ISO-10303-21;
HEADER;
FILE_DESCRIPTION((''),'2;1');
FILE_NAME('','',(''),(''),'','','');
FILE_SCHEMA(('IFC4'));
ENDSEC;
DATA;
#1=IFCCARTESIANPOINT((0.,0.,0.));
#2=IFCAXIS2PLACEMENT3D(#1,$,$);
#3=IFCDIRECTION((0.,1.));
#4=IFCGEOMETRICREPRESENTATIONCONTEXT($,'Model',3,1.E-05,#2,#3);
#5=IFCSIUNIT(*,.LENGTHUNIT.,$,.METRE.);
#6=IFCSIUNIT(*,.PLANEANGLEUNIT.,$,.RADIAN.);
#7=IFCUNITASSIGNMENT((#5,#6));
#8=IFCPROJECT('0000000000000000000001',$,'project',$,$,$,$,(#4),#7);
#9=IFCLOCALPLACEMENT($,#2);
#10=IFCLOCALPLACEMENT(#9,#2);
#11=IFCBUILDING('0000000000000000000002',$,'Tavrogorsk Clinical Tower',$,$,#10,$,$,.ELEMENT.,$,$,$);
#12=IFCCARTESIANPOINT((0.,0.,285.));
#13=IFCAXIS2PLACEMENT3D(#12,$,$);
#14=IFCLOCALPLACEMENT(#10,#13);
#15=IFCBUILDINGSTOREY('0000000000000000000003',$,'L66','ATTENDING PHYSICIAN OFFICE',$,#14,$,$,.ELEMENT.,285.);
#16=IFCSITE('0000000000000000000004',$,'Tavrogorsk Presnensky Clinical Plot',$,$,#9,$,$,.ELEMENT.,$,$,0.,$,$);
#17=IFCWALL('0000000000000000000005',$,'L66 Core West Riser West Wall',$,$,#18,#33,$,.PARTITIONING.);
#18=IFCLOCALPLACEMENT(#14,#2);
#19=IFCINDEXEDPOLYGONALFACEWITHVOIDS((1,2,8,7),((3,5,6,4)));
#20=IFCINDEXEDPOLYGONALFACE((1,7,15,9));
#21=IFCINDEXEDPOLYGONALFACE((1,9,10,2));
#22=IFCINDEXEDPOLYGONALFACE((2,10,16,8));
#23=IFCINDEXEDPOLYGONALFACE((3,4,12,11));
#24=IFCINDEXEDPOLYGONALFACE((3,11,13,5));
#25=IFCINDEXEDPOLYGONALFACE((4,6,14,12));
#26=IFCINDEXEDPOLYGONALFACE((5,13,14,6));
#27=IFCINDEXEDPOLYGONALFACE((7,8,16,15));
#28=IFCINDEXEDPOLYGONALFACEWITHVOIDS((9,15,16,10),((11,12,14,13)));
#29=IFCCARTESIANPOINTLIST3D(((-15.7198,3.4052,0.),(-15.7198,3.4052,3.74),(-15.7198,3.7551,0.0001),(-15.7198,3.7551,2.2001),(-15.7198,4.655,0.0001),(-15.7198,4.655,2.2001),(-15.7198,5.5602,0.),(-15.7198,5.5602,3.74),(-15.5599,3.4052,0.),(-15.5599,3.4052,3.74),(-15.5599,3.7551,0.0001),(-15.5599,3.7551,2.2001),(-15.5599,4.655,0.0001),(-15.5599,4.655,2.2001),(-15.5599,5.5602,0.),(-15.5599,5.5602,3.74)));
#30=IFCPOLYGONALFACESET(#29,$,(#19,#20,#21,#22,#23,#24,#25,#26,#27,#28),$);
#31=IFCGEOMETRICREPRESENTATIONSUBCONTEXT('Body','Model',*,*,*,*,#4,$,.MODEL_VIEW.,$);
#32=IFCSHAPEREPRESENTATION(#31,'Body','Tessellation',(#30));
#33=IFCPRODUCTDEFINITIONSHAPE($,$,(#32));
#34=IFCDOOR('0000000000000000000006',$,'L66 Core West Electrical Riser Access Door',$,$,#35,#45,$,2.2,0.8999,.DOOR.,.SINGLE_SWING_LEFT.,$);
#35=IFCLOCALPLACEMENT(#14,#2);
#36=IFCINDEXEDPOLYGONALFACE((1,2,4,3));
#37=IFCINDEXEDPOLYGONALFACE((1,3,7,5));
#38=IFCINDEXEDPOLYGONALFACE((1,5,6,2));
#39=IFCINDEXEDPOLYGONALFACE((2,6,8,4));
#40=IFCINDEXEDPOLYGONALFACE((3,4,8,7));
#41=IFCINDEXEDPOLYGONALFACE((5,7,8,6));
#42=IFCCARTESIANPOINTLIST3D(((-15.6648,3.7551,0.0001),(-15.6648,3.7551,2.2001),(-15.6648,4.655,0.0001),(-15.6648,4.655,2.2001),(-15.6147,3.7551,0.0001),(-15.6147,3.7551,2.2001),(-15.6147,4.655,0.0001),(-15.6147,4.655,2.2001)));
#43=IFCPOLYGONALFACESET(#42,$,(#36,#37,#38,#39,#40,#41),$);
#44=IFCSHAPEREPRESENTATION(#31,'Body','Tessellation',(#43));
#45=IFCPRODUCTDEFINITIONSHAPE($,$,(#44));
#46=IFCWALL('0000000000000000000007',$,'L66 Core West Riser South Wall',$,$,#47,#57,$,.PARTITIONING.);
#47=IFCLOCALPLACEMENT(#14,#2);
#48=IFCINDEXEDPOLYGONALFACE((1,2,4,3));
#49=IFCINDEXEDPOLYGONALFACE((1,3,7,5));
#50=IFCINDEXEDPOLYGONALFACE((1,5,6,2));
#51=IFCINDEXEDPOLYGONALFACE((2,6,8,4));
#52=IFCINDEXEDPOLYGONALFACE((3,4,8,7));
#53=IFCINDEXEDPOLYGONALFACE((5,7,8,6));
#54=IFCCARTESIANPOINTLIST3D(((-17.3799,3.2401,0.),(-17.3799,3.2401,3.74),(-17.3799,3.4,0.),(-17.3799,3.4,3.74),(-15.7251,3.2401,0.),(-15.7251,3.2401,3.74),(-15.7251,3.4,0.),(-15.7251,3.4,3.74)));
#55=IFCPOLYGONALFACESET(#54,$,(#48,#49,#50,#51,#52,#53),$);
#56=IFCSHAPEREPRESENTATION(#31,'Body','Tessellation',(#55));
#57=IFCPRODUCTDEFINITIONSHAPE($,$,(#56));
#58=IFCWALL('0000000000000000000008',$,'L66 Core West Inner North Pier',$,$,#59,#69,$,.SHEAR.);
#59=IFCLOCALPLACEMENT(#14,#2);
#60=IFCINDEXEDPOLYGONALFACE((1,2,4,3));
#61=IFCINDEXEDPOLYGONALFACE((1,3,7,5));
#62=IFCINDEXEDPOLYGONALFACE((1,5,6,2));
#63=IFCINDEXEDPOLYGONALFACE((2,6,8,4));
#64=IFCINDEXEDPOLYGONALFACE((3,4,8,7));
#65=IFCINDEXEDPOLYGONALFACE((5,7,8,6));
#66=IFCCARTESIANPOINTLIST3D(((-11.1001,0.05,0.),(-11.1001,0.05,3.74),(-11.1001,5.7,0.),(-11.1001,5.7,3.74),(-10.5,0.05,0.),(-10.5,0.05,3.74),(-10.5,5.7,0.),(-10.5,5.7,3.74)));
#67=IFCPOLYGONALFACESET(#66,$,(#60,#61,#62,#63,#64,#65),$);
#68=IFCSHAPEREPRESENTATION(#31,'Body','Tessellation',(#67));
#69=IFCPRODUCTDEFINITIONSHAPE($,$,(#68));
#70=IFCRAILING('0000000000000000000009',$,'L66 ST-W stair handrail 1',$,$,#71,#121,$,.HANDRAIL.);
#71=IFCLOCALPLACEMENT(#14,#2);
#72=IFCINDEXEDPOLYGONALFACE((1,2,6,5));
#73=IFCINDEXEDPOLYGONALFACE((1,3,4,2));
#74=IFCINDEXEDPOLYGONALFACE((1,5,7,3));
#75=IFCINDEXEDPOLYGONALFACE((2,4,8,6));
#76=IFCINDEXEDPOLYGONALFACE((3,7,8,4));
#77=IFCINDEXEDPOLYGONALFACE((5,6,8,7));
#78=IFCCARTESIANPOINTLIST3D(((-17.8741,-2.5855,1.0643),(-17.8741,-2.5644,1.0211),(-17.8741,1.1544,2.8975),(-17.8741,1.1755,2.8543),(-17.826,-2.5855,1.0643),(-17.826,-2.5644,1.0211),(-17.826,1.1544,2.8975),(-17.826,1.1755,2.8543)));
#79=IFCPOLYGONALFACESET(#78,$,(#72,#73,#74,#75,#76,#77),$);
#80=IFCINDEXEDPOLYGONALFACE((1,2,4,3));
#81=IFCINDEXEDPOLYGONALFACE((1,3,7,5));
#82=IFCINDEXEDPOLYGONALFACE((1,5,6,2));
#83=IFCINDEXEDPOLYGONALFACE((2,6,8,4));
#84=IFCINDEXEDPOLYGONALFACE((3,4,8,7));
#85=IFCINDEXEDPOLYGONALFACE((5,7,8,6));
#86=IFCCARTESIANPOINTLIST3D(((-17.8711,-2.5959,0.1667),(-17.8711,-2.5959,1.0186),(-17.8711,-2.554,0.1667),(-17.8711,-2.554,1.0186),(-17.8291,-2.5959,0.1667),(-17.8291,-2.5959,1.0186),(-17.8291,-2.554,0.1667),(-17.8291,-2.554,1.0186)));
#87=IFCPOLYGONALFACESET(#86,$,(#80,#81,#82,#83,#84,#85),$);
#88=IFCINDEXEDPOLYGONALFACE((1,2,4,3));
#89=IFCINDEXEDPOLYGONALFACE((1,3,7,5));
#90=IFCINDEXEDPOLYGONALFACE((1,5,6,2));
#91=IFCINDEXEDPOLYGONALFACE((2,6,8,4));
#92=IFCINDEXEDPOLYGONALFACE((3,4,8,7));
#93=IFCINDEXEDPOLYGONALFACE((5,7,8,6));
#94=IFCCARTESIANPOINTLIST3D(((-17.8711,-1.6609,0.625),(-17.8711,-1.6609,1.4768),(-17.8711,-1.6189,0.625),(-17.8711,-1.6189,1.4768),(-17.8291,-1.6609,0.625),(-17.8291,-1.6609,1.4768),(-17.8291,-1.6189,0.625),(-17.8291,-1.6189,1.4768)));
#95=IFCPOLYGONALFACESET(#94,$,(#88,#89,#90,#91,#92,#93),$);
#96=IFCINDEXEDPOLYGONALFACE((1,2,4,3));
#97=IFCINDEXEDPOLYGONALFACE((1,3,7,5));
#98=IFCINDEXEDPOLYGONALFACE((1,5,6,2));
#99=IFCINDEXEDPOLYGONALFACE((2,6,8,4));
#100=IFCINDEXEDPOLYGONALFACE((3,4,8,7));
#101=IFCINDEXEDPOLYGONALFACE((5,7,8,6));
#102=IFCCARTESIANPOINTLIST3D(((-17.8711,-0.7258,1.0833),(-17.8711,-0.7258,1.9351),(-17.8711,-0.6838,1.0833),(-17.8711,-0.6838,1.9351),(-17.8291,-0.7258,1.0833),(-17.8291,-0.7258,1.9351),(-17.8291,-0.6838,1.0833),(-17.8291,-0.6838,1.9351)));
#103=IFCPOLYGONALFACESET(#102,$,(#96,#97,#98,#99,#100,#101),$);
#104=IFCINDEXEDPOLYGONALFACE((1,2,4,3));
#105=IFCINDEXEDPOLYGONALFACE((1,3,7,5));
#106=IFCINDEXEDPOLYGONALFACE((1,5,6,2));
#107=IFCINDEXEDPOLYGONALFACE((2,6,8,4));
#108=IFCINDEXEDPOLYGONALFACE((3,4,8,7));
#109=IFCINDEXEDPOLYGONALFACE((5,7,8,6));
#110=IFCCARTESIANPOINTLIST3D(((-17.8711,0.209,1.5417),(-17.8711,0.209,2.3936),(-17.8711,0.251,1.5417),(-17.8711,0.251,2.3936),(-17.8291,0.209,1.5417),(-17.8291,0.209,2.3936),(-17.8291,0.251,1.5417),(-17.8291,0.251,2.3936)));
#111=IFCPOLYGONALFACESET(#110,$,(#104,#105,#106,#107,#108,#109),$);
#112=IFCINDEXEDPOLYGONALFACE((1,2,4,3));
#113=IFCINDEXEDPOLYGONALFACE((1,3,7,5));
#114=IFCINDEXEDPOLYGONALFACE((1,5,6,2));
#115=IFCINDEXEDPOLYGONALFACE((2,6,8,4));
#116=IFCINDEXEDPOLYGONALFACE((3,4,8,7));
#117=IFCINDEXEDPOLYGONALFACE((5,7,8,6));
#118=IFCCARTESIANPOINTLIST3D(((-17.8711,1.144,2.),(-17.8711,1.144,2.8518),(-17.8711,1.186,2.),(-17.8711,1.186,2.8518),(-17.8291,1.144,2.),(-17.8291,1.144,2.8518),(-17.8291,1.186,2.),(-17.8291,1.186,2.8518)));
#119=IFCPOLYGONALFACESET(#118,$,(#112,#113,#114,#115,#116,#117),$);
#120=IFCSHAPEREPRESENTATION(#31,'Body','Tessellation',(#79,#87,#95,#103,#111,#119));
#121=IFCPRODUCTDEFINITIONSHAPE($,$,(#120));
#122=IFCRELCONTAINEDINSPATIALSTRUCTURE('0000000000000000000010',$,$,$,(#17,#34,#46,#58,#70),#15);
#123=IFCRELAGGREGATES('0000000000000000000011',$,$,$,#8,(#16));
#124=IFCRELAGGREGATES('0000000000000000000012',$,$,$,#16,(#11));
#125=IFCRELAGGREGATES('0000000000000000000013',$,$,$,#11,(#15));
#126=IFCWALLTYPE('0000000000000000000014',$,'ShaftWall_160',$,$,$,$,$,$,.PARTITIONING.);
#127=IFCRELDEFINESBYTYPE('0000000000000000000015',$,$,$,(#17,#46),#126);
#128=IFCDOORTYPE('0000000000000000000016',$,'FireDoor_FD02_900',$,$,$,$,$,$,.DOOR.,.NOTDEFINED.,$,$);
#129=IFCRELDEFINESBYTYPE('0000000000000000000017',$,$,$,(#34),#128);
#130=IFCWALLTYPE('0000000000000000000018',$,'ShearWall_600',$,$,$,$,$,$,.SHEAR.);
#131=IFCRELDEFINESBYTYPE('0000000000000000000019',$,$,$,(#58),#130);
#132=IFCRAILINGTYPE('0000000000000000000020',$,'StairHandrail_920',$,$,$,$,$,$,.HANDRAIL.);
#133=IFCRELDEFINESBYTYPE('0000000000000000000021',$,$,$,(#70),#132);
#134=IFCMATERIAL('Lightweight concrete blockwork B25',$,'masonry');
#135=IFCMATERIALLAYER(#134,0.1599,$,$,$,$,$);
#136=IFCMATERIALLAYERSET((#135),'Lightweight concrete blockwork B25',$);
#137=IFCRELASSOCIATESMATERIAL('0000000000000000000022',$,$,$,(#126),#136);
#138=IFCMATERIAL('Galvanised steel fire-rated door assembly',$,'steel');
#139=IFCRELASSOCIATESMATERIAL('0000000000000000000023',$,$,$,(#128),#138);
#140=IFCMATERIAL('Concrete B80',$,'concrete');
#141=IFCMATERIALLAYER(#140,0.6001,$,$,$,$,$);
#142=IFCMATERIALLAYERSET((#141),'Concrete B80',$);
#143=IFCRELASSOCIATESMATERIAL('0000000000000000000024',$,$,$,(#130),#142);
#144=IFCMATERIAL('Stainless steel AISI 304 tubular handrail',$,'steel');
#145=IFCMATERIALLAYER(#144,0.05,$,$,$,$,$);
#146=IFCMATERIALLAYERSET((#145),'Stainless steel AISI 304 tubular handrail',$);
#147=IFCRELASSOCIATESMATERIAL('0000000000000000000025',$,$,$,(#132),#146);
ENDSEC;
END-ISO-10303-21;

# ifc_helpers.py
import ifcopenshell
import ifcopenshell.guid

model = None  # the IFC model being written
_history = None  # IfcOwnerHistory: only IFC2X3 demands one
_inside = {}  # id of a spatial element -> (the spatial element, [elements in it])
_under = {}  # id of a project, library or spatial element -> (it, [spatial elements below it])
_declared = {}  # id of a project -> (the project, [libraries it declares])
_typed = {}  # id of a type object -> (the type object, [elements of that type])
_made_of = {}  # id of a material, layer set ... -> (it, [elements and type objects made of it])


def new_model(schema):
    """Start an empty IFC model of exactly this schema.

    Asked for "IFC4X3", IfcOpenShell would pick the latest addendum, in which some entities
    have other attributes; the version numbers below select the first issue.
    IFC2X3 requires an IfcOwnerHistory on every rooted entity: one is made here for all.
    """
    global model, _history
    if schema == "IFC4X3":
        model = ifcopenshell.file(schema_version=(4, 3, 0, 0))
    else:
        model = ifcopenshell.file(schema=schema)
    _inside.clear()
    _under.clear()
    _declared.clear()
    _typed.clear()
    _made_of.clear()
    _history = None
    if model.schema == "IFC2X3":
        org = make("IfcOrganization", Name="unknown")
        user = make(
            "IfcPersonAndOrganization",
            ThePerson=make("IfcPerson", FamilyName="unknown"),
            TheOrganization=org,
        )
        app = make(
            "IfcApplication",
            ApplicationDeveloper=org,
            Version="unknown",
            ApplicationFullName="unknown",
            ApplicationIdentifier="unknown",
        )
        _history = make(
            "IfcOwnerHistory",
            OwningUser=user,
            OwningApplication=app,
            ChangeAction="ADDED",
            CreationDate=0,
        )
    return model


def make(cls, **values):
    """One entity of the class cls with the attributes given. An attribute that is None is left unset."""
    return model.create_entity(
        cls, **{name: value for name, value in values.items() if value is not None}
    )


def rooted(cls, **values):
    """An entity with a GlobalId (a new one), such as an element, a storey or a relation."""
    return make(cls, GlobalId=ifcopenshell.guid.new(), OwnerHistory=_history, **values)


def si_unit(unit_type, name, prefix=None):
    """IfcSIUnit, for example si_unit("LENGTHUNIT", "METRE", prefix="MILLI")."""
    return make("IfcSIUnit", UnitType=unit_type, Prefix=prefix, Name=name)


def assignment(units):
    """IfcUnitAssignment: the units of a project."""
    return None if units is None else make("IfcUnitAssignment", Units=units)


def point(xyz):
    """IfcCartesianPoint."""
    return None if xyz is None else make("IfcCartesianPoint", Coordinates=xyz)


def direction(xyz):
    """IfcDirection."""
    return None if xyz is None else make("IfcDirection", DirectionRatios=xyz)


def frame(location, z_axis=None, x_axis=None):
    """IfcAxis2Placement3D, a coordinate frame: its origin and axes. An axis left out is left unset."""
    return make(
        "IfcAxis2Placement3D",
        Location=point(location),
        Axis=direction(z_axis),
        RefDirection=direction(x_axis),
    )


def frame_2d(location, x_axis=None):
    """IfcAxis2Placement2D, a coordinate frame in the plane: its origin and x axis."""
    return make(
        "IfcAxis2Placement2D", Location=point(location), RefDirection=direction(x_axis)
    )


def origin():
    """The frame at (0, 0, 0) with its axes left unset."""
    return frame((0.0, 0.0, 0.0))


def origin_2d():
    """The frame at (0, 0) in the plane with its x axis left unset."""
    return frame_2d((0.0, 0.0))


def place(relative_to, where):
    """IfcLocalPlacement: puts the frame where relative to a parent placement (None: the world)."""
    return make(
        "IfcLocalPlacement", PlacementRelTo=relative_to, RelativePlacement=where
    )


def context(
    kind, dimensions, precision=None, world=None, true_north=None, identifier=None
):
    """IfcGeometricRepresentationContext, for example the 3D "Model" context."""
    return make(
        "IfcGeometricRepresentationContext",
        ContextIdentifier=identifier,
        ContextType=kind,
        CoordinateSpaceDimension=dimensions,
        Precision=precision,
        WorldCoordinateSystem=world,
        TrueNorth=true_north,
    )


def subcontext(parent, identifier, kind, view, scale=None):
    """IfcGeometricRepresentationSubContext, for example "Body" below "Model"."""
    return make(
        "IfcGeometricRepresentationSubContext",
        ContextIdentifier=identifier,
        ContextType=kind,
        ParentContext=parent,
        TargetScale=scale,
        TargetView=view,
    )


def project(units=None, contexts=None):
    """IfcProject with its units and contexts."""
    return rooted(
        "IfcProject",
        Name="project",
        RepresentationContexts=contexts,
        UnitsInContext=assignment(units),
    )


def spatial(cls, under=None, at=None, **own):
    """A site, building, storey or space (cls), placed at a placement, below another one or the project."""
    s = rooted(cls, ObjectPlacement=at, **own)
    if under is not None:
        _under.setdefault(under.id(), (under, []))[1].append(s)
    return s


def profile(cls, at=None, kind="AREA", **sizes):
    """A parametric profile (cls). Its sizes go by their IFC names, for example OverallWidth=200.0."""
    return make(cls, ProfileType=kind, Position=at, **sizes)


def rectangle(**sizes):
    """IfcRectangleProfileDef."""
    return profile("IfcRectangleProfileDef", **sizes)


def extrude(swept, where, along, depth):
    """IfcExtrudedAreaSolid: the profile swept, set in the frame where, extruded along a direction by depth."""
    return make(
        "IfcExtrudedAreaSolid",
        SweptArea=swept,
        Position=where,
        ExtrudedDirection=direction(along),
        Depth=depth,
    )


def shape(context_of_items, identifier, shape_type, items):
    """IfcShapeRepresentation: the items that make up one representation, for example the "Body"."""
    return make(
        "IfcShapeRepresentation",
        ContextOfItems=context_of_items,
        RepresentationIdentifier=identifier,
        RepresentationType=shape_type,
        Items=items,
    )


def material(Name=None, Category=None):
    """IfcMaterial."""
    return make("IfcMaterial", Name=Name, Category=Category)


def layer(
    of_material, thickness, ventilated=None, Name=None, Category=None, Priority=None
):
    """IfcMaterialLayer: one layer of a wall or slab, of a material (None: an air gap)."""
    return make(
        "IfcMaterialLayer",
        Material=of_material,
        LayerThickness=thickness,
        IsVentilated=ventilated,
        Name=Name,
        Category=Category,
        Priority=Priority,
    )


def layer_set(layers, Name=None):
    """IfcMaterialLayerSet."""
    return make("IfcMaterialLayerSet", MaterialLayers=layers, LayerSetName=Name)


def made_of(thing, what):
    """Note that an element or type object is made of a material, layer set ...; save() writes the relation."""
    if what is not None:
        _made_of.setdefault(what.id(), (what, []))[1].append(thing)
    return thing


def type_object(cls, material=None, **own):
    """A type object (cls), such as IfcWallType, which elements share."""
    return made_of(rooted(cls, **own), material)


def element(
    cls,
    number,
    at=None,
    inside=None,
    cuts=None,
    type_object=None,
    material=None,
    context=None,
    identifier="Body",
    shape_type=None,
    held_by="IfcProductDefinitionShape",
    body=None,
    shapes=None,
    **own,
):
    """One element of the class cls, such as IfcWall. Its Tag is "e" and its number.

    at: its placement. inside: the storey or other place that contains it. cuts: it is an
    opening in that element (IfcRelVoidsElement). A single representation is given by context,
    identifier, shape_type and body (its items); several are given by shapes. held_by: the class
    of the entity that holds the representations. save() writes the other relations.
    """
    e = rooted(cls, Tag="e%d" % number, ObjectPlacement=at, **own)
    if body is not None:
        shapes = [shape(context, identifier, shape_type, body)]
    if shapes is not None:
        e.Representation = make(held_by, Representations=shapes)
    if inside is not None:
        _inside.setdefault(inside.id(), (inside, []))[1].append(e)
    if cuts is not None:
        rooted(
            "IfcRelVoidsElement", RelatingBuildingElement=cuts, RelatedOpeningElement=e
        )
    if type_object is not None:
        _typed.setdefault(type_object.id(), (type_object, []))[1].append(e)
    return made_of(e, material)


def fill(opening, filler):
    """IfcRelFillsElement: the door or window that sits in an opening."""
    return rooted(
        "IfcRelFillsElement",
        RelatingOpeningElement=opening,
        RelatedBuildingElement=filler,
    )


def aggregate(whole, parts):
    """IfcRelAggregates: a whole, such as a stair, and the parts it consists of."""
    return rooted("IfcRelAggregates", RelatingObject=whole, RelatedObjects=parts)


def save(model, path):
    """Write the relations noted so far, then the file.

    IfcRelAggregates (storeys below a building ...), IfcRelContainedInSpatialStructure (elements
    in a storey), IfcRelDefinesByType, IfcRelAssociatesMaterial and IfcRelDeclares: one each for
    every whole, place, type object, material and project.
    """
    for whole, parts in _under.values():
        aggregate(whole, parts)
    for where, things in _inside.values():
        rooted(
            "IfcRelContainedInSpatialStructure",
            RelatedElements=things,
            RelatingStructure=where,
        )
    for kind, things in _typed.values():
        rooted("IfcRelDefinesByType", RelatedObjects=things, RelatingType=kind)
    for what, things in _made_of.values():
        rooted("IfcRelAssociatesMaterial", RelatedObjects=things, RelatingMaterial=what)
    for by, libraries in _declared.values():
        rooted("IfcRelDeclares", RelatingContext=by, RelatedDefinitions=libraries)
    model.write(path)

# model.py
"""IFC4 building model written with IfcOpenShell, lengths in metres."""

from ifc_helpers import new_model, si_unit, direction, frame, frame_2d, origin, origin_2d, place, context, subcontext, project, spatial, rectangle, extrude, material, layer, layer_set, type_object, element, fill, save


model = new_model("IFC4")

# Units and contexts
model_context = context("Model", 3, precision=1e-05, world=origin(), true_north=direction((0.0, 1.0)))
body_context = subcontext(model_context, "Body", "Model", "MODEL_VIEW")
ifc_project = project(units=[si_unit("LENGTHUNIT", "METRE"), si_unit("PLANEANGLEUNIT", "RADIAN")], contexts=[model_context])

# Site, building, storey
site_placement = place(None, origin())
site = spatial("IfcSite", under=ifc_project, at=site_placement, Name="Tavrogorsk Presnensky Clinical Plot", CompositionType="ELEMENT", RefElevation=0.0)
building_placement = place(site_placement, origin())
building = spatial("IfcBuilding", under=site, at=building_placement, Name="Tavrogorsk Clinical Tower", CompositionType="ELEMENT")
storey_placement = place(building_placement, frame((0.0, 0.0, 285.0)))
storey = spatial("IfcBuildingStorey", under=building, at=storey_placement, Name="L66", Description="ATTENDING PHYSICIAN OFFICE", CompositionType="ELEMENT", Elevation=285.0)

# Shared definitions
ifc_material_1 = material(Name="Lightweight concrete blockwork B25", Category="masonry")
ifc_layer_1 = layer(ifc_material_1, 0.1599)
ifc_layer_set_1 = layer_set([ifc_layer_1], Name="Lightweight concrete blockwork B25")
wall_type_1 = type_object("IfcWallType", Name="ShaftWall_160", PredefinedType="PARTITIONING", material=ifc_layer_set_1)

# Wall, opening, door
wall_1_placement = place(storey_placement, frame((-15.6399, 3.405, 0.0), z_axis=(0.0, 0.0, 1.0), x_axis=(0.0, 1.0, 0.0)))
wall_1 = element("IfcWall", 1, at=wall_1_placement, inside=storey, type_object=wall_type_1, Name="L66 Core West Riser West Wall", PredefinedType="PARTITIONING", context=body_context, shape_type="SweptSolid", body=[
    extrude(rectangle(XDim=2.155, YDim=0.1599, at=frame_2d((1.0776, 0.0))), origin(), (0.0, 0.0, 1.0), 3.74),
])
opening_1_placement = place(wall_1_placement, frame((0.3501, 0.0, 0.0)))
opening_1 = element("IfcOpeningElement", 2, at=opening_1_placement, cuts=wall_1, PredefinedType="OPENING", context=body_context, shape_type="SweptSolid", body=[
    extrude(rectangle(XDim=0.8999, YDim=2.2, at=frame_2d((0.45, 1.1001))), frame((0.0, 0.0898, 0.0), z_axis=(0.0, -1.0, 0.0), x_axis=(1.0, 0.0, 0.0)), (0.0, 0.0, 1.0), 0.1799),
])
ifc_material_2 = material(Name="Galvanised steel fire-rated door assembly", Category="steel")
door_type_1 = type_object("IfcDoorType", Name="FireDoor_FD02_900", OperationType="NOTDEFINED", PredefinedType="DOOR", material=ifc_material_2)
door_1_placement = place(opening_1_placement, origin())
door_1 = element("IfcDoor", 3, at=door_1_placement, inside=storey, type_object=door_type_1, Name="L66 Core West Electrical Riser Access Door", OperationType="SINGLE_SWING_LEFT", OverallHeight=2.2, OverallWidth=0.8999, PredefinedType="DOOR", context=body_context, shape_type="SweptSolid", body=[
    extrude(rectangle(XDim=0.8999, YDim=2.2, at=frame_2d((0.45, 1.1001))), frame((0.0, 0.0249, 0.0), z_axis=(0.0, -1.0, 0.0), x_axis=(1.0, 0.0, 0.0)), (0.0, 0.0, 1.0), 0.05),
])
fill(opening_1, door_1)

# Walls
wall_2_placement = place(storey_placement, frame((-17.3799, 3.3201, 0.0), z_axis=(0.0, 0.0, 1.0), x_axis=(1.0, 0.0, 0.0)))
element("IfcWall", 4, at=wall_2_placement, inside=storey, type_object=wall_type_1, Name="L66 Core West Riser South Wall", PredefinedType="PARTITIONING", context=body_context, shape_type="SweptSolid", body=[
    extrude(rectangle(XDim=1.6548, YDim=0.1599, at=frame_2d((0.8274, 0.0))), origin(), (0.0, 0.0, 1.0), 3.74),
])
ifc_material_3 = material(Name="Concrete B80", Category="concrete")
ifc_layer_2 = layer(ifc_material_3, 0.6001)
ifc_layer_set_2 = layer_set([ifc_layer_2], Name="Concrete B80")
wall_type_2 = type_object("IfcWallType", Name="ShearWall_600", PredefinedType="SHEAR", material=ifc_layer_set_2)
wall_3_placement = place(storey_placement, frame((-10.8, 0.05, 0.0), z_axis=(0.0, 0.0, 1.0), x_axis=(0.0, 1.0, 0.0)))
element("IfcWall", 5, at=wall_3_placement, inside=storey, type_object=wall_type_2, Name="L66 Core West Inner North Pier", PredefinedType="SHEAR", context=body_context, shape_type="SweptSolid", body=[
    extrude(rectangle(XDim=5.6499, YDim=0.6001, at=frame_2d((2.825, 0.0))), origin(), (0.0, 0.0, 1.0), 3.74),
])

# Railing
ifc_material_4 = material(Name="Stainless steel AISI 304 tubular handrail", Category="steel")
ifc_layer_3 = layer(ifc_material_4, 0.05)
ifc_layer_set_3 = layer_set([ifc_layer_3], Name="Stainless steel AISI 304 tubular handrail")
railing_type = type_object("IfcRailingType", Name="StairHandrail_920", PredefinedType="HANDRAIL", material=ifc_layer_set_3)
railing_placement = place(storey_placement, frame((-17.8501, -2.575, 0.1667)))
element("IfcRailing", 6, at=railing_placement, inside=storey, type_object=railing_type, Name="L66 ST-W stair handrail 1", PredefinedType="HANDRAIL", context=body_context, shape_type="SweptSolid", body=[
    extrude(rectangle(XDim=0.0481, YDim=0.0481, at=origin_2d()), frame((0.0, 0.0, 0.876), z_axis=(0.0, 0.897928, 0.440142), x_axis=(-1.0, 0.0, 0.0)), (0.0, 0.0, 1.0), 4.165),
    extrude(rectangle(XDim=0.042, YDim=0.042, at=origin_2d()), origin(), (0.0, 0.0, 1.0), 0.8518),
    extrude(rectangle(XDim=0.042, YDim=0.042, at=origin_2d()), frame((0.0, 0.9351, 0.4583)), (0.0, 0.0, 1.0), 0.8518),
    extrude(rectangle(XDim=0.042, YDim=0.042, at=origin_2d()), frame((0.0, 1.8701, 0.9165)), (0.0, 0.0, 1.0), 0.8518),
    extrude(rectangle(XDim=0.042, YDim=0.042, at=origin_2d()), frame((0.0, 2.8049, 1.375)), (0.0, 0.0, 1.0), 0.8518),
    extrude(rectangle(XDim=0.042, YDim=0.042, at=origin_2d()), frame((0.0, 3.74, 1.8333)), (0.0, 0.0, 1.0), 0.8518),
])

save(model, "model.ifc")
